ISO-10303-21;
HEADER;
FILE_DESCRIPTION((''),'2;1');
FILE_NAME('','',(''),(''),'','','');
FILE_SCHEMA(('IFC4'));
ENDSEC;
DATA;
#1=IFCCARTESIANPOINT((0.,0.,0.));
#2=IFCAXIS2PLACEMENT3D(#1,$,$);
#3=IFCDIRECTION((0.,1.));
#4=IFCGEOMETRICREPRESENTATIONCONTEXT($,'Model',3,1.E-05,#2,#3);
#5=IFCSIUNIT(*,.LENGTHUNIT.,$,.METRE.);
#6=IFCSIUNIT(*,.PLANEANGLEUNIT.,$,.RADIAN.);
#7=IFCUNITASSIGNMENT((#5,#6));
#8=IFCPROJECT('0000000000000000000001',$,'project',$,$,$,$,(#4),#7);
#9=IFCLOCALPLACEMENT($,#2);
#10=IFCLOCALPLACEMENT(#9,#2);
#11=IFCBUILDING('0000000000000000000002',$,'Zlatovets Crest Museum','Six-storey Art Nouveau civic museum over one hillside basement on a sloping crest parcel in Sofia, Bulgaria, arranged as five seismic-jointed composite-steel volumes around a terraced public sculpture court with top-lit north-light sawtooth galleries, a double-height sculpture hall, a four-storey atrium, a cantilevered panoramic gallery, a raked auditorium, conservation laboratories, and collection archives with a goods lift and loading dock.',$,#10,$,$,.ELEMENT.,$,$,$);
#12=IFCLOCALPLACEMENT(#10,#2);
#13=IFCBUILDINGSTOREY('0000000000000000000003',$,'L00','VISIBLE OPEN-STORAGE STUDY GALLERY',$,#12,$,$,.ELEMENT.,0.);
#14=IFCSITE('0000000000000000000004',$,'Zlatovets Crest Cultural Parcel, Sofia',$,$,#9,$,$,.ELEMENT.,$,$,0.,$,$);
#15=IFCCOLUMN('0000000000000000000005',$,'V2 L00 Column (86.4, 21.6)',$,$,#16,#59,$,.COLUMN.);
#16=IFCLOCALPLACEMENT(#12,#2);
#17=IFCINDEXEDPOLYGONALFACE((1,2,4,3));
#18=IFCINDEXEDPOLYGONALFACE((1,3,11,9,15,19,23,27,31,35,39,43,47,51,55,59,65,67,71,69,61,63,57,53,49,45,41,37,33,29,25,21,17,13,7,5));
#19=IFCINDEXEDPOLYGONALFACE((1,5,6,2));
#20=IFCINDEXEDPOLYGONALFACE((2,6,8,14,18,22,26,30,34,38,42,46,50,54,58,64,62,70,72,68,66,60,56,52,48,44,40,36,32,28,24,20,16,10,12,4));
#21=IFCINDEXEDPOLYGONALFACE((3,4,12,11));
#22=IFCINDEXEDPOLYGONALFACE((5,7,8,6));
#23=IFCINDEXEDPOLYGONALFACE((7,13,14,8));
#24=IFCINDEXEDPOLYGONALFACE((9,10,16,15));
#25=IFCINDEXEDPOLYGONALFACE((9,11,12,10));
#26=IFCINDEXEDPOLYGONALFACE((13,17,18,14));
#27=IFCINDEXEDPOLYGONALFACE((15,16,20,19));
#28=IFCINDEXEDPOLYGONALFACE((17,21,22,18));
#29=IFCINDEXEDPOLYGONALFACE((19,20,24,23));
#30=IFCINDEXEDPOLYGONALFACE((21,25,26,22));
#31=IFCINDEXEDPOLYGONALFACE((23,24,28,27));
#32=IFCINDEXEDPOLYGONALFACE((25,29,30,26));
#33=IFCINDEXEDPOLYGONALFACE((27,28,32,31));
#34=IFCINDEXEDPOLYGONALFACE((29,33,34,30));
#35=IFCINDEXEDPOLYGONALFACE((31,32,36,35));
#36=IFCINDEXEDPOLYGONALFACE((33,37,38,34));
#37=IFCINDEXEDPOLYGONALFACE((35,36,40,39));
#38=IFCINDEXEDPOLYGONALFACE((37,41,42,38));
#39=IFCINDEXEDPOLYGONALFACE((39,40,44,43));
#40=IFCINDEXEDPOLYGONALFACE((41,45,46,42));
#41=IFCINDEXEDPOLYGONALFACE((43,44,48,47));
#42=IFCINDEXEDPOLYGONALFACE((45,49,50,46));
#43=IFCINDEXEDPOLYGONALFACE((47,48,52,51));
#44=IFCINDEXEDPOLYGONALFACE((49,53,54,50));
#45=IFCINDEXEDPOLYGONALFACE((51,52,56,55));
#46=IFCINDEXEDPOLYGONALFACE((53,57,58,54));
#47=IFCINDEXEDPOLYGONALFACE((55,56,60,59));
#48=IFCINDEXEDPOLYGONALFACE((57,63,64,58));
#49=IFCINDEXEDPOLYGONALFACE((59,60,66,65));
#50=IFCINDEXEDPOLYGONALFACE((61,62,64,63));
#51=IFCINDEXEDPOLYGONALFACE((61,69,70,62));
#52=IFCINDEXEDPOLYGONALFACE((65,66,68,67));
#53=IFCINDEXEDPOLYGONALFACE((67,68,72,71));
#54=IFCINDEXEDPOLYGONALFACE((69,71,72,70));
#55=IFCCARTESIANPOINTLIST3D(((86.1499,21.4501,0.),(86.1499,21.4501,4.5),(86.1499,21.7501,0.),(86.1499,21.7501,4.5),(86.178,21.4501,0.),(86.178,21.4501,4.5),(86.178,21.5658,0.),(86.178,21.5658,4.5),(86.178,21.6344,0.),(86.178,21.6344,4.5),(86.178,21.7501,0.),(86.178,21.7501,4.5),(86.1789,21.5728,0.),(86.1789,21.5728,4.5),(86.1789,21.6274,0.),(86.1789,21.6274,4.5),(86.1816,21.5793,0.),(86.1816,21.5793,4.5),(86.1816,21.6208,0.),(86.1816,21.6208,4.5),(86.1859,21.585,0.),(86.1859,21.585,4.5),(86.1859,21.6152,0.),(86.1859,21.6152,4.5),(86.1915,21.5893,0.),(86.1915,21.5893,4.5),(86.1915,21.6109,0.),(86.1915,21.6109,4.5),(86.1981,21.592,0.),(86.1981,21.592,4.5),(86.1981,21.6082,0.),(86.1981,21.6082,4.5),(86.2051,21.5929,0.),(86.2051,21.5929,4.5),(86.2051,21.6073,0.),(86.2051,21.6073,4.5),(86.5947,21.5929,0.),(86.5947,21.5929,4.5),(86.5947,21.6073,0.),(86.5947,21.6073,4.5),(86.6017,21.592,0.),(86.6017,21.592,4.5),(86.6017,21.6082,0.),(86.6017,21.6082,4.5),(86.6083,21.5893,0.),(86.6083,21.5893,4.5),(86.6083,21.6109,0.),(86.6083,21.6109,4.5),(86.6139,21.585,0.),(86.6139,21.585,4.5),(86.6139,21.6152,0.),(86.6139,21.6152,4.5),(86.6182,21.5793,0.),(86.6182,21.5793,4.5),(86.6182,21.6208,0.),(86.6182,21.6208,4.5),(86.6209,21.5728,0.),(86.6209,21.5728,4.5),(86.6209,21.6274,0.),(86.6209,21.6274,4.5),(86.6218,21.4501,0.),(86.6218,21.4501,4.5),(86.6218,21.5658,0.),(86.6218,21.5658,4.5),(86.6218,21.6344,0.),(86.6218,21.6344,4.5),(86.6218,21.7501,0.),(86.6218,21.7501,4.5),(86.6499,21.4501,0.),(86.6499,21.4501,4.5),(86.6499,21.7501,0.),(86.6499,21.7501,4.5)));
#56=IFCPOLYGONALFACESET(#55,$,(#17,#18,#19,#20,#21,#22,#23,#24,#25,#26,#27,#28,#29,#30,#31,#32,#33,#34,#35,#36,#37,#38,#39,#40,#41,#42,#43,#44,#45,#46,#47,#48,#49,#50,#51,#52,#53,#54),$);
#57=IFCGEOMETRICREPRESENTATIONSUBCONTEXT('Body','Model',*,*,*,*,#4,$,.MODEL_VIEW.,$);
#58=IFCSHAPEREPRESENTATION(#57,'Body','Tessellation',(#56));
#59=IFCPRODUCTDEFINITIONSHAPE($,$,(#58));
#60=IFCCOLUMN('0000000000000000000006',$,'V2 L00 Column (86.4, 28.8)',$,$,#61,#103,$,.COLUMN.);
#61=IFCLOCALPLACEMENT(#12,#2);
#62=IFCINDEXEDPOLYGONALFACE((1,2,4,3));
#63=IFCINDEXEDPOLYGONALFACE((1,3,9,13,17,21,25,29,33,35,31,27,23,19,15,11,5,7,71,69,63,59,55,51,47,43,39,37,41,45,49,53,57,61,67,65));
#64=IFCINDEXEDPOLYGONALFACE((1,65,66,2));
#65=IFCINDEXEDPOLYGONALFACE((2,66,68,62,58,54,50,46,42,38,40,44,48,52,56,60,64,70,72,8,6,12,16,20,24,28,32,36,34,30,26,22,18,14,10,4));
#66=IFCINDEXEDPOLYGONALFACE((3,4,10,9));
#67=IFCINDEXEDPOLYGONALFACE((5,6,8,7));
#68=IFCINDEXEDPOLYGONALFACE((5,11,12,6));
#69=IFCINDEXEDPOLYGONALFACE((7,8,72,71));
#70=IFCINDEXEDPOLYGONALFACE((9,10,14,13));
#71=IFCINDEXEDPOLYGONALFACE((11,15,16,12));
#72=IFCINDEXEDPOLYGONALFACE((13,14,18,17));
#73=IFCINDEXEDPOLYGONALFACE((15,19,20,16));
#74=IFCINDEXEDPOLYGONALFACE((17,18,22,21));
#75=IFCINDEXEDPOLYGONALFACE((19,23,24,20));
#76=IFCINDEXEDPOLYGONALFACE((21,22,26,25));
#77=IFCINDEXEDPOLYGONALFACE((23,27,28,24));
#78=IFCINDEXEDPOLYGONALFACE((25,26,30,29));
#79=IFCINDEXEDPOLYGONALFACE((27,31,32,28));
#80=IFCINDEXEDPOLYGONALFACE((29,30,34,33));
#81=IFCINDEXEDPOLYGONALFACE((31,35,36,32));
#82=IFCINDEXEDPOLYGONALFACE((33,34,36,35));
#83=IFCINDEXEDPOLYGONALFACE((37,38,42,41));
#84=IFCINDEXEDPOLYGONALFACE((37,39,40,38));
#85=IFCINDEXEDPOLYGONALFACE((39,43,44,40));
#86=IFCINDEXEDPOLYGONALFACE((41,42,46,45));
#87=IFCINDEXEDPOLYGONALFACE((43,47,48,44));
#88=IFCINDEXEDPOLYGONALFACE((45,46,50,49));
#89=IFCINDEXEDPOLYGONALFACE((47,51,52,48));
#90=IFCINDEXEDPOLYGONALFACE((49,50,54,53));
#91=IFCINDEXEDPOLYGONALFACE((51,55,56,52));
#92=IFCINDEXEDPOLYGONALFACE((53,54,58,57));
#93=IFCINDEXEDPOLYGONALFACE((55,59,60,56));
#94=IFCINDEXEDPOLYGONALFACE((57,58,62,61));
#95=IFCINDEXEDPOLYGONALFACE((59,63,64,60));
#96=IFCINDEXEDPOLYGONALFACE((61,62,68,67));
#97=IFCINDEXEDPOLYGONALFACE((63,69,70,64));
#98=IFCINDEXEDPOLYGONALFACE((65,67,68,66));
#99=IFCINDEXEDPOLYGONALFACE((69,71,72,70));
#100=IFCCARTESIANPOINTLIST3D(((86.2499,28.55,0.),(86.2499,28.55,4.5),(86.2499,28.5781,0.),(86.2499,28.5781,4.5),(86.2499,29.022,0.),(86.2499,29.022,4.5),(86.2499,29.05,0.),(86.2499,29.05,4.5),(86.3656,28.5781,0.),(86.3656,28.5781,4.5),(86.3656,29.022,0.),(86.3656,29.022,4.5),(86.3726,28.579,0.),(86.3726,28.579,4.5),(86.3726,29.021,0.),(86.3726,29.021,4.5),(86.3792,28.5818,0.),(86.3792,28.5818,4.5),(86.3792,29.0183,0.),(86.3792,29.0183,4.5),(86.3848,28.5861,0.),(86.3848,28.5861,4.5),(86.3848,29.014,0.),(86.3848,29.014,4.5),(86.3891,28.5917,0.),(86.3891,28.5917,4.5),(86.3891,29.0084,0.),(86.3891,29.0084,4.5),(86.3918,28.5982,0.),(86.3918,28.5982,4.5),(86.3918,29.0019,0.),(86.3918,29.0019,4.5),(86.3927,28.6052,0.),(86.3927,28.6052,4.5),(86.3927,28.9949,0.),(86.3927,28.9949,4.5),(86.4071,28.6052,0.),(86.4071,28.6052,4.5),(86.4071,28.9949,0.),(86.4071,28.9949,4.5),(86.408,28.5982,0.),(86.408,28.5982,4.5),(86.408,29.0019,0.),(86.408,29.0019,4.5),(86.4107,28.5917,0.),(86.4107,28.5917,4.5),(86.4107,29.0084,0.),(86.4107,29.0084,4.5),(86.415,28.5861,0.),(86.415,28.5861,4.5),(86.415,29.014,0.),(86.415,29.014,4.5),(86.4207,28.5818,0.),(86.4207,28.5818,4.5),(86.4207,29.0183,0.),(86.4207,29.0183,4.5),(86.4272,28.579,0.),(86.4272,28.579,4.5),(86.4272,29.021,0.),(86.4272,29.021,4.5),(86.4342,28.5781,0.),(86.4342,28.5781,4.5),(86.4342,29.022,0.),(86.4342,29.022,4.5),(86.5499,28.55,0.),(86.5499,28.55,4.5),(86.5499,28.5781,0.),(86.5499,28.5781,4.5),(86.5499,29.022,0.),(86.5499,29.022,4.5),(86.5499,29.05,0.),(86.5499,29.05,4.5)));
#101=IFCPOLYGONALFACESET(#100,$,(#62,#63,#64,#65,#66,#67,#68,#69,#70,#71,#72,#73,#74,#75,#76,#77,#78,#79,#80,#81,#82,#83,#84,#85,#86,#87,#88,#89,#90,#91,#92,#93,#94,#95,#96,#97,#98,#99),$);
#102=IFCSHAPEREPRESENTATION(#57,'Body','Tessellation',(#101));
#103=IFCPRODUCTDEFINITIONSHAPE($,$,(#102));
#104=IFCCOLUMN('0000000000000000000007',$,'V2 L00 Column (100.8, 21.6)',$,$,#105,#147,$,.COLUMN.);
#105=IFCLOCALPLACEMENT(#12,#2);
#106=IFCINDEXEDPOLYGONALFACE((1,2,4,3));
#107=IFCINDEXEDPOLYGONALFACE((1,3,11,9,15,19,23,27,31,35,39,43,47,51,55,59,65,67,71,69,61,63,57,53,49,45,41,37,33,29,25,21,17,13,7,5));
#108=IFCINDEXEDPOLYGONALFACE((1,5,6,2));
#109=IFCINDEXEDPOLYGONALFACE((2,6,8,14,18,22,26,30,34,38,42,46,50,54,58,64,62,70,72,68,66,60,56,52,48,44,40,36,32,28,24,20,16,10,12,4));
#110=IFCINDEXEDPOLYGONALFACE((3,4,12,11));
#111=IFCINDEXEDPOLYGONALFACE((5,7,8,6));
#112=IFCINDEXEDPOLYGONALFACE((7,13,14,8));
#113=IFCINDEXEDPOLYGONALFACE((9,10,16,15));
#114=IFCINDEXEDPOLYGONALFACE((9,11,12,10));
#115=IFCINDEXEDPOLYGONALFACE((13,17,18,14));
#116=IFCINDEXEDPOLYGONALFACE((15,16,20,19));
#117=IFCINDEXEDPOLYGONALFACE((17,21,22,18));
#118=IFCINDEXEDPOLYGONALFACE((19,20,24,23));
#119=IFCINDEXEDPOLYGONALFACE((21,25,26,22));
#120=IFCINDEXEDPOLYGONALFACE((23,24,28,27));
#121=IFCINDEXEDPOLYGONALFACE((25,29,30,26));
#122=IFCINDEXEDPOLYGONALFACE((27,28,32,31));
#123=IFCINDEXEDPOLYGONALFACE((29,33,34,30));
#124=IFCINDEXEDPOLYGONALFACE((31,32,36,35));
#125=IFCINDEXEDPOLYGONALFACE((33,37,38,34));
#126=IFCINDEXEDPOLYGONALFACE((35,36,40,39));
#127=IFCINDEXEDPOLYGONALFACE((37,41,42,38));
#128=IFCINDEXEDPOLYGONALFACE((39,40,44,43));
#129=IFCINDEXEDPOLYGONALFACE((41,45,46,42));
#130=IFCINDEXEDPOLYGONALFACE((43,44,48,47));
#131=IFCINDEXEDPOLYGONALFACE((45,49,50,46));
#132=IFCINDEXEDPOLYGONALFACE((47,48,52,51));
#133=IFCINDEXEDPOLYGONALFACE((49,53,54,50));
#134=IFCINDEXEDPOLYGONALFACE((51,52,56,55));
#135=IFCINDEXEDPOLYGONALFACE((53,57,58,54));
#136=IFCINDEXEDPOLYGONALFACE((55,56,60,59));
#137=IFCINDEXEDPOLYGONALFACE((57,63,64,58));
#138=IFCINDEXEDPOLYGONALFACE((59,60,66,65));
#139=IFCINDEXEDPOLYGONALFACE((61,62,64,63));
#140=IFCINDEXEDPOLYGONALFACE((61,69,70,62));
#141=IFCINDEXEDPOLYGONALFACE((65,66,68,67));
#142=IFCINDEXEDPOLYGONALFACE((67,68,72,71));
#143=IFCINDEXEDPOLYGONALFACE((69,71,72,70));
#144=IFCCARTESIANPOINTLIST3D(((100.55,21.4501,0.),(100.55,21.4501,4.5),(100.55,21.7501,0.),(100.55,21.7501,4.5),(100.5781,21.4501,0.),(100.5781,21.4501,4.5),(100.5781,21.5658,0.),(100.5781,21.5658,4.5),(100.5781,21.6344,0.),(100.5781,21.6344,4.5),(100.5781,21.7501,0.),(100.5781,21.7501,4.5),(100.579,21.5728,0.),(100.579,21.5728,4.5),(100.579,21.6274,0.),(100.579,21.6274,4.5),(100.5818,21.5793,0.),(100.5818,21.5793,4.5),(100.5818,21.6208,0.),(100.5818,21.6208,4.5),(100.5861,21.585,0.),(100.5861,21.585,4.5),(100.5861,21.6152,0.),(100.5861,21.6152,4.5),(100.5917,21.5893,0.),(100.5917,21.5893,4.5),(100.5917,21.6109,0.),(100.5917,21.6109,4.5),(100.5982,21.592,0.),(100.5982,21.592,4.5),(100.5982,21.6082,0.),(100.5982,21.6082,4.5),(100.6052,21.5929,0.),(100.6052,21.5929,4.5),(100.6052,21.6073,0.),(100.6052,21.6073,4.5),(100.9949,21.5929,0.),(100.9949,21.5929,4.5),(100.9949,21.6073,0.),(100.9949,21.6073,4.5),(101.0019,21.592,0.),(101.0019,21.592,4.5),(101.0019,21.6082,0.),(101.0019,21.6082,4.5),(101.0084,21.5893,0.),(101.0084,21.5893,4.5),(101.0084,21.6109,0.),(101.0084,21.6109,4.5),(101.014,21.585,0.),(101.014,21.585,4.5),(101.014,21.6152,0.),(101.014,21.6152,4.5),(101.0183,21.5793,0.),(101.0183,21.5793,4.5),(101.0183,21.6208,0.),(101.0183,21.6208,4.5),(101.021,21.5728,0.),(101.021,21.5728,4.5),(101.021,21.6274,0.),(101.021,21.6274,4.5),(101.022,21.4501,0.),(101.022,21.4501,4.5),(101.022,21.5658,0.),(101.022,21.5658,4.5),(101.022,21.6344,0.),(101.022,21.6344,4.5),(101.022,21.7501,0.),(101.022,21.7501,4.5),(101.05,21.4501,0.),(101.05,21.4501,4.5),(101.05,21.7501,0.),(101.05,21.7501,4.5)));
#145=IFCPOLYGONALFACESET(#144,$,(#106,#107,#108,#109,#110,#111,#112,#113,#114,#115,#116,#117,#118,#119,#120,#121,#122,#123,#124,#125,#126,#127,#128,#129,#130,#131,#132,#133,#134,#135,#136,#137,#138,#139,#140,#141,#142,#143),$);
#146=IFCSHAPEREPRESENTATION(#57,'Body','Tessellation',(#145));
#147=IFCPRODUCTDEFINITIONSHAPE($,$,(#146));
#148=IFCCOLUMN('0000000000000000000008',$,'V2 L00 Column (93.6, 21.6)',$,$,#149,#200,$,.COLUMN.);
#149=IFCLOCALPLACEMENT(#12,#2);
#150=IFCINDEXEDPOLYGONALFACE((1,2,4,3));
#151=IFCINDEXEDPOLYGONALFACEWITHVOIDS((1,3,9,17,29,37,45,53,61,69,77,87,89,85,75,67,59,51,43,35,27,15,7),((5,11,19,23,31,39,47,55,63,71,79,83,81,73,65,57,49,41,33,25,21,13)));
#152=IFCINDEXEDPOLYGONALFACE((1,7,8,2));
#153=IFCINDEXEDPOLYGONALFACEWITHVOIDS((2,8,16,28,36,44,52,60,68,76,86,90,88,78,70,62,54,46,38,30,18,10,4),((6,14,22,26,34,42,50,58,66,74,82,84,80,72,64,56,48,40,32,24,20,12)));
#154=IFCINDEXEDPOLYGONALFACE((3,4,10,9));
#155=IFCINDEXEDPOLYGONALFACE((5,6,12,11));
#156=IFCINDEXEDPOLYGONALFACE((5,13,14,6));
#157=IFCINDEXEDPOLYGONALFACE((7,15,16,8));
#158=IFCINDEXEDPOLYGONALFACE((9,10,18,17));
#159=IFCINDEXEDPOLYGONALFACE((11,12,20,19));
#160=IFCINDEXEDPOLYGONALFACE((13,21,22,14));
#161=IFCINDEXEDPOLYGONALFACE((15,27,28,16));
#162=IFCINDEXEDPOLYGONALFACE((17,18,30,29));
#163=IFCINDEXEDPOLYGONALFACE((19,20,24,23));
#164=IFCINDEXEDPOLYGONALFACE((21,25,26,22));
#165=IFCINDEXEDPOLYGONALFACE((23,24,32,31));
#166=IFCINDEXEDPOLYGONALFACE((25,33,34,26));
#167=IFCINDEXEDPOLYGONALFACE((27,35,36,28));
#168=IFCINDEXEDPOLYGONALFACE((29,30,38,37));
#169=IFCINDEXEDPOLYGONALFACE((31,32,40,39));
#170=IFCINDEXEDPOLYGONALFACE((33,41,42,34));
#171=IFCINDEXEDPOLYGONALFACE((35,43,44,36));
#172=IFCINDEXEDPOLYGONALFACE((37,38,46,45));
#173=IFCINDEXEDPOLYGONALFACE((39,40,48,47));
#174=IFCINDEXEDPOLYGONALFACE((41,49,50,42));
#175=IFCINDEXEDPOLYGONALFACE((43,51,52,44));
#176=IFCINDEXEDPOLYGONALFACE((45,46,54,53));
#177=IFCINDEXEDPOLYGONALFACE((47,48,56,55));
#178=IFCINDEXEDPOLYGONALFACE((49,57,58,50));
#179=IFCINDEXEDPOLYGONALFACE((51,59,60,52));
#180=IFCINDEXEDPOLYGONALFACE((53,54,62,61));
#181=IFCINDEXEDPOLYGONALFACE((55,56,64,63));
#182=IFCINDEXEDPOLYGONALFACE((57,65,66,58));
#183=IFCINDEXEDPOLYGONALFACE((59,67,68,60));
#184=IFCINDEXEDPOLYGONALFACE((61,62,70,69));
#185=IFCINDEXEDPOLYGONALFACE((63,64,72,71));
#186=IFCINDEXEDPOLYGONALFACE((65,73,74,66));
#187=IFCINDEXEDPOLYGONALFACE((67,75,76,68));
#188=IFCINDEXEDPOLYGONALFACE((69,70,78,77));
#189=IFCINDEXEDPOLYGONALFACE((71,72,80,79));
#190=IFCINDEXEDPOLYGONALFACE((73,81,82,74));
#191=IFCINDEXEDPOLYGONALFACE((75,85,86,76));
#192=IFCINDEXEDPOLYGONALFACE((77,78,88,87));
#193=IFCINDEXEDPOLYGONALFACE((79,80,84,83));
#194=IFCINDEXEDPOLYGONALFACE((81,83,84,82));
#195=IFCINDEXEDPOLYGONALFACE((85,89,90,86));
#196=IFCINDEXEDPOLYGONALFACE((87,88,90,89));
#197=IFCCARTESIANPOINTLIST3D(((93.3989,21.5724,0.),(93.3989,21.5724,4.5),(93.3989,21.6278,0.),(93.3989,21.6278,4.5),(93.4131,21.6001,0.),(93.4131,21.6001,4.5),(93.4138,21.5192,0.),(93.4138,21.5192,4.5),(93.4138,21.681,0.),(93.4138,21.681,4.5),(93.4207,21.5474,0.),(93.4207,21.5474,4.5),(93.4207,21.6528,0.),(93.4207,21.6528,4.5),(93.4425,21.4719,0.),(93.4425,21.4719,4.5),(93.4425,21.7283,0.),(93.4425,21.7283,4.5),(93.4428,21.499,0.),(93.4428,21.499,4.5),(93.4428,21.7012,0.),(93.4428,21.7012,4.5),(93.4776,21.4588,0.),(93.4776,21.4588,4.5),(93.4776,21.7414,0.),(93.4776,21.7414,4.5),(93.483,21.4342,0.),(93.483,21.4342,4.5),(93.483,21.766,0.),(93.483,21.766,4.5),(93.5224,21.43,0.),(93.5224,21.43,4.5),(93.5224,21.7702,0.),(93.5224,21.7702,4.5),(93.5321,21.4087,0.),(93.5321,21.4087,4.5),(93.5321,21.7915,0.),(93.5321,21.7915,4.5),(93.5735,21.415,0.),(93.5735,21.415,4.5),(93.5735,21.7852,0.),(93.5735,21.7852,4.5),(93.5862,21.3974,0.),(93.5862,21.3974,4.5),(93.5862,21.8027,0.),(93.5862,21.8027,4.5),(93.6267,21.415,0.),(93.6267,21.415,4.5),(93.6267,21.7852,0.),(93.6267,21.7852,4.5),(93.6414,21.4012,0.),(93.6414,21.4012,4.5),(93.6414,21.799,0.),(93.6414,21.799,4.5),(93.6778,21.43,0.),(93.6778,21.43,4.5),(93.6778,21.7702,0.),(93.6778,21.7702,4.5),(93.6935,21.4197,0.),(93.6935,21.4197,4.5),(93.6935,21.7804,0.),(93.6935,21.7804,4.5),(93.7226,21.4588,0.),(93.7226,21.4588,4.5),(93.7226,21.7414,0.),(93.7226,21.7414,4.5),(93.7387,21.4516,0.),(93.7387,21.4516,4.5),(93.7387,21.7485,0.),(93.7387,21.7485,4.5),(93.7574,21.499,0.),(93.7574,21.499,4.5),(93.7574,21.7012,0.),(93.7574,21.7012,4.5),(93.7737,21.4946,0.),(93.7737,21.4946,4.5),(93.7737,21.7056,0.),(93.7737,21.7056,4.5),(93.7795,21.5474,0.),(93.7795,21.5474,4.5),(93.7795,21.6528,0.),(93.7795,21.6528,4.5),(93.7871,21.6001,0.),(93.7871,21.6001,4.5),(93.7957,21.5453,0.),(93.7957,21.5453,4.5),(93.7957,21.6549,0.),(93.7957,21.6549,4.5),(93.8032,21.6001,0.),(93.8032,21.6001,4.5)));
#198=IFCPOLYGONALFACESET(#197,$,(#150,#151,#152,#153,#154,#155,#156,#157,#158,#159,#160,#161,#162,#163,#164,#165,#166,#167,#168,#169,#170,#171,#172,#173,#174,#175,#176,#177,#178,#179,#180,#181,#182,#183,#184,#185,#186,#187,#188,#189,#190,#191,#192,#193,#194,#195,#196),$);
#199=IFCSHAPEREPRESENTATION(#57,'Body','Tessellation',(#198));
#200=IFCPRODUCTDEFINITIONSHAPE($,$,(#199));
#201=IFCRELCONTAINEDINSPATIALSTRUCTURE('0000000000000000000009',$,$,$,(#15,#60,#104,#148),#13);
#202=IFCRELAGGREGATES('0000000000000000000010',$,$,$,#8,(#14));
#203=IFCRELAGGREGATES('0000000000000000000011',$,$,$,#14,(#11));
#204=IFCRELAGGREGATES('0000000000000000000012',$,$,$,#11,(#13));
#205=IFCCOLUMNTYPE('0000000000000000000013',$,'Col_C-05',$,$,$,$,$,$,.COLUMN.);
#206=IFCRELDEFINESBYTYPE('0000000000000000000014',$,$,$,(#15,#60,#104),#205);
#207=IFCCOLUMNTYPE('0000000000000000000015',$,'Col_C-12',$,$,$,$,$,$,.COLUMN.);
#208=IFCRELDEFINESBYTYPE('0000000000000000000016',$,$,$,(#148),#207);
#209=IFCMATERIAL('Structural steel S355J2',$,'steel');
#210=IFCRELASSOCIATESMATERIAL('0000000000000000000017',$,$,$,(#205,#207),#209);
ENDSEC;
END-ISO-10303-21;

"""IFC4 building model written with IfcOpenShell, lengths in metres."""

from ifc_helpers import new_model, si_unit, direction, frame, origin, origin_2d, place, context, subcontext, project, spatial, hollow_circle, i_section, extrude, material, material_profile, profile_set, type_object, element, save


model = new_model("IFC4")

# Units and contexts
model_context = context("Model", 3, precision=1e-05, world=origin(), true_north=direction((0.0, 1.0)))
body_context = subcontext(model_context, "Body", "Model", "MODEL_VIEW")
ifc_project = project(units=[si_unit("LENGTHUNIT", "METRE"), si_unit("PLANEANGLEUNIT", "RADIAN")], contexts=[model_context])

# Site, building, storey
site_placement = place(None, origin())
site = spatial("IfcSite", under=ifc_project, at=site_placement, Name="Zlatovets Crest Cultural Parcel, Sofia", CompositionType="ELEMENT", RefElevation=0.0)
building_placement = place(site_placement, origin())
building = spatial("IfcBuilding", under=site, at=building_placement, Name="Zlatovets Crest Museum", Description="Six-storey Art Nouveau civic museum over one hillside basement on a sloping crest parcel in Sofia, Bulgaria, arranged as five seismic-jointed composite-steel volumes around a terraced public sculpture court with top-lit north-light sawtooth galleries, a double-height sculpture hall, a four-storey atrium, a cantilevered panoramic gallery, a raked auditorium, conservation laboratories, and collection archives with a goods lift and loading dock.", CompositionType="ELEMENT")
storey_placement = place(building_placement, origin())
storey = spatial("IfcBuildingStorey", under=building, at=storey_placement, Name="L00", Description="VISIBLE OPEN-STORAGE STUDY GALLERY", CompositionType="ELEMENT", Elevation=0.0)

# Columns
ifc_material_1 = material(Name="Structural steel S355J2", Category="steel")
ifc_material_profile_1 = material_profile(ifc_material_1, i_section(OverallWidth=0.3, OverallDepth=0.5, WebThickness=0.0144, FlangeThickness=0.0281, FilletRadius=0.0271, at=origin_2d()), Name="HEB 500")
ifc_profile_set_1 = profile_set([ifc_material_profile_1], Name="Structural steel S355J2")
column_type_1 = type_object("IfcColumnType", Name="Col_C-05", PredefinedType="COLUMN", material=ifc_profile_set_1)
for number, where, z_axis, x_axis, name in (
    (1, (86.3999, 21.6001, 0.0), (0.0, 0.0, 1.0), (0.0, 1.0, 0.0), "V2 L00 Column (86.4, 21.6)"),
    (2, (86.3999, 28.8, 0.0), (0.0, 0.0, 1.0), (1.0, 0.0, 0.0), "V2 L00 Column (86.4, 28.8)"),
    (3, (100.8, 21.6001, 0.0), (0.0, 0.0, 1.0), (0.0, 1.0, 0.0), "V2 L00 Column (100.8, 21.6)"),
):
    element("IfcColumn", number, at=place(storey_placement, frame(where, z_axis=z_axis, x_axis=x_axis)), inside=storey, type_object=column_type_1, Name=name, PredefinedType="COLUMN", context=body_context, shape_type="SweptSolid", body=[
        extrude(i_section(OverallWidth=0.3, OverallDepth=0.5, WebThickness=0.0144, FlangeThickness=0.0281, FilletRadius=0.0271, at=origin_2d()), origin(), (0.0, 0.0, 1.0), 4.5),
    ])
ifc_material_profile_2 = material_profile(ifc_material_1, hollow_circle(Radius=0.2031, WallThickness=0.0161, at=origin_2d()), Name="CHS 406.4x16.0")
ifc_profile_set_2 = profile_set([ifc_material_profile_2], Name="Structural steel S355J2")
column_type_2 = type_object("IfcColumnType", Name="Col_C-12", PredefinedType="COLUMN", material=ifc_profile_set_2)
column_placement = place(storey_placement, frame((93.6001, 21.6001, 0.0), z_axis=(0.0, 0.0, 1.0), x_axis=(1.0, 0.0, 0.0)))
element("IfcColumn", 4, at=column_placement, inside=storey, type_object=column_type_2, Name="V2 L00 Column (93.6, 21.6)", PredefinedType="COLUMN", context=body_context, shape_type="SweptSolid", body=[
    extrude(hollow_circle(Radius=0.2031, WallThickness=0.0161, at=origin_2d()), origin(), (0.0, 0.0, 1.0), 4.5),
])

save(model, "model.ifc")
